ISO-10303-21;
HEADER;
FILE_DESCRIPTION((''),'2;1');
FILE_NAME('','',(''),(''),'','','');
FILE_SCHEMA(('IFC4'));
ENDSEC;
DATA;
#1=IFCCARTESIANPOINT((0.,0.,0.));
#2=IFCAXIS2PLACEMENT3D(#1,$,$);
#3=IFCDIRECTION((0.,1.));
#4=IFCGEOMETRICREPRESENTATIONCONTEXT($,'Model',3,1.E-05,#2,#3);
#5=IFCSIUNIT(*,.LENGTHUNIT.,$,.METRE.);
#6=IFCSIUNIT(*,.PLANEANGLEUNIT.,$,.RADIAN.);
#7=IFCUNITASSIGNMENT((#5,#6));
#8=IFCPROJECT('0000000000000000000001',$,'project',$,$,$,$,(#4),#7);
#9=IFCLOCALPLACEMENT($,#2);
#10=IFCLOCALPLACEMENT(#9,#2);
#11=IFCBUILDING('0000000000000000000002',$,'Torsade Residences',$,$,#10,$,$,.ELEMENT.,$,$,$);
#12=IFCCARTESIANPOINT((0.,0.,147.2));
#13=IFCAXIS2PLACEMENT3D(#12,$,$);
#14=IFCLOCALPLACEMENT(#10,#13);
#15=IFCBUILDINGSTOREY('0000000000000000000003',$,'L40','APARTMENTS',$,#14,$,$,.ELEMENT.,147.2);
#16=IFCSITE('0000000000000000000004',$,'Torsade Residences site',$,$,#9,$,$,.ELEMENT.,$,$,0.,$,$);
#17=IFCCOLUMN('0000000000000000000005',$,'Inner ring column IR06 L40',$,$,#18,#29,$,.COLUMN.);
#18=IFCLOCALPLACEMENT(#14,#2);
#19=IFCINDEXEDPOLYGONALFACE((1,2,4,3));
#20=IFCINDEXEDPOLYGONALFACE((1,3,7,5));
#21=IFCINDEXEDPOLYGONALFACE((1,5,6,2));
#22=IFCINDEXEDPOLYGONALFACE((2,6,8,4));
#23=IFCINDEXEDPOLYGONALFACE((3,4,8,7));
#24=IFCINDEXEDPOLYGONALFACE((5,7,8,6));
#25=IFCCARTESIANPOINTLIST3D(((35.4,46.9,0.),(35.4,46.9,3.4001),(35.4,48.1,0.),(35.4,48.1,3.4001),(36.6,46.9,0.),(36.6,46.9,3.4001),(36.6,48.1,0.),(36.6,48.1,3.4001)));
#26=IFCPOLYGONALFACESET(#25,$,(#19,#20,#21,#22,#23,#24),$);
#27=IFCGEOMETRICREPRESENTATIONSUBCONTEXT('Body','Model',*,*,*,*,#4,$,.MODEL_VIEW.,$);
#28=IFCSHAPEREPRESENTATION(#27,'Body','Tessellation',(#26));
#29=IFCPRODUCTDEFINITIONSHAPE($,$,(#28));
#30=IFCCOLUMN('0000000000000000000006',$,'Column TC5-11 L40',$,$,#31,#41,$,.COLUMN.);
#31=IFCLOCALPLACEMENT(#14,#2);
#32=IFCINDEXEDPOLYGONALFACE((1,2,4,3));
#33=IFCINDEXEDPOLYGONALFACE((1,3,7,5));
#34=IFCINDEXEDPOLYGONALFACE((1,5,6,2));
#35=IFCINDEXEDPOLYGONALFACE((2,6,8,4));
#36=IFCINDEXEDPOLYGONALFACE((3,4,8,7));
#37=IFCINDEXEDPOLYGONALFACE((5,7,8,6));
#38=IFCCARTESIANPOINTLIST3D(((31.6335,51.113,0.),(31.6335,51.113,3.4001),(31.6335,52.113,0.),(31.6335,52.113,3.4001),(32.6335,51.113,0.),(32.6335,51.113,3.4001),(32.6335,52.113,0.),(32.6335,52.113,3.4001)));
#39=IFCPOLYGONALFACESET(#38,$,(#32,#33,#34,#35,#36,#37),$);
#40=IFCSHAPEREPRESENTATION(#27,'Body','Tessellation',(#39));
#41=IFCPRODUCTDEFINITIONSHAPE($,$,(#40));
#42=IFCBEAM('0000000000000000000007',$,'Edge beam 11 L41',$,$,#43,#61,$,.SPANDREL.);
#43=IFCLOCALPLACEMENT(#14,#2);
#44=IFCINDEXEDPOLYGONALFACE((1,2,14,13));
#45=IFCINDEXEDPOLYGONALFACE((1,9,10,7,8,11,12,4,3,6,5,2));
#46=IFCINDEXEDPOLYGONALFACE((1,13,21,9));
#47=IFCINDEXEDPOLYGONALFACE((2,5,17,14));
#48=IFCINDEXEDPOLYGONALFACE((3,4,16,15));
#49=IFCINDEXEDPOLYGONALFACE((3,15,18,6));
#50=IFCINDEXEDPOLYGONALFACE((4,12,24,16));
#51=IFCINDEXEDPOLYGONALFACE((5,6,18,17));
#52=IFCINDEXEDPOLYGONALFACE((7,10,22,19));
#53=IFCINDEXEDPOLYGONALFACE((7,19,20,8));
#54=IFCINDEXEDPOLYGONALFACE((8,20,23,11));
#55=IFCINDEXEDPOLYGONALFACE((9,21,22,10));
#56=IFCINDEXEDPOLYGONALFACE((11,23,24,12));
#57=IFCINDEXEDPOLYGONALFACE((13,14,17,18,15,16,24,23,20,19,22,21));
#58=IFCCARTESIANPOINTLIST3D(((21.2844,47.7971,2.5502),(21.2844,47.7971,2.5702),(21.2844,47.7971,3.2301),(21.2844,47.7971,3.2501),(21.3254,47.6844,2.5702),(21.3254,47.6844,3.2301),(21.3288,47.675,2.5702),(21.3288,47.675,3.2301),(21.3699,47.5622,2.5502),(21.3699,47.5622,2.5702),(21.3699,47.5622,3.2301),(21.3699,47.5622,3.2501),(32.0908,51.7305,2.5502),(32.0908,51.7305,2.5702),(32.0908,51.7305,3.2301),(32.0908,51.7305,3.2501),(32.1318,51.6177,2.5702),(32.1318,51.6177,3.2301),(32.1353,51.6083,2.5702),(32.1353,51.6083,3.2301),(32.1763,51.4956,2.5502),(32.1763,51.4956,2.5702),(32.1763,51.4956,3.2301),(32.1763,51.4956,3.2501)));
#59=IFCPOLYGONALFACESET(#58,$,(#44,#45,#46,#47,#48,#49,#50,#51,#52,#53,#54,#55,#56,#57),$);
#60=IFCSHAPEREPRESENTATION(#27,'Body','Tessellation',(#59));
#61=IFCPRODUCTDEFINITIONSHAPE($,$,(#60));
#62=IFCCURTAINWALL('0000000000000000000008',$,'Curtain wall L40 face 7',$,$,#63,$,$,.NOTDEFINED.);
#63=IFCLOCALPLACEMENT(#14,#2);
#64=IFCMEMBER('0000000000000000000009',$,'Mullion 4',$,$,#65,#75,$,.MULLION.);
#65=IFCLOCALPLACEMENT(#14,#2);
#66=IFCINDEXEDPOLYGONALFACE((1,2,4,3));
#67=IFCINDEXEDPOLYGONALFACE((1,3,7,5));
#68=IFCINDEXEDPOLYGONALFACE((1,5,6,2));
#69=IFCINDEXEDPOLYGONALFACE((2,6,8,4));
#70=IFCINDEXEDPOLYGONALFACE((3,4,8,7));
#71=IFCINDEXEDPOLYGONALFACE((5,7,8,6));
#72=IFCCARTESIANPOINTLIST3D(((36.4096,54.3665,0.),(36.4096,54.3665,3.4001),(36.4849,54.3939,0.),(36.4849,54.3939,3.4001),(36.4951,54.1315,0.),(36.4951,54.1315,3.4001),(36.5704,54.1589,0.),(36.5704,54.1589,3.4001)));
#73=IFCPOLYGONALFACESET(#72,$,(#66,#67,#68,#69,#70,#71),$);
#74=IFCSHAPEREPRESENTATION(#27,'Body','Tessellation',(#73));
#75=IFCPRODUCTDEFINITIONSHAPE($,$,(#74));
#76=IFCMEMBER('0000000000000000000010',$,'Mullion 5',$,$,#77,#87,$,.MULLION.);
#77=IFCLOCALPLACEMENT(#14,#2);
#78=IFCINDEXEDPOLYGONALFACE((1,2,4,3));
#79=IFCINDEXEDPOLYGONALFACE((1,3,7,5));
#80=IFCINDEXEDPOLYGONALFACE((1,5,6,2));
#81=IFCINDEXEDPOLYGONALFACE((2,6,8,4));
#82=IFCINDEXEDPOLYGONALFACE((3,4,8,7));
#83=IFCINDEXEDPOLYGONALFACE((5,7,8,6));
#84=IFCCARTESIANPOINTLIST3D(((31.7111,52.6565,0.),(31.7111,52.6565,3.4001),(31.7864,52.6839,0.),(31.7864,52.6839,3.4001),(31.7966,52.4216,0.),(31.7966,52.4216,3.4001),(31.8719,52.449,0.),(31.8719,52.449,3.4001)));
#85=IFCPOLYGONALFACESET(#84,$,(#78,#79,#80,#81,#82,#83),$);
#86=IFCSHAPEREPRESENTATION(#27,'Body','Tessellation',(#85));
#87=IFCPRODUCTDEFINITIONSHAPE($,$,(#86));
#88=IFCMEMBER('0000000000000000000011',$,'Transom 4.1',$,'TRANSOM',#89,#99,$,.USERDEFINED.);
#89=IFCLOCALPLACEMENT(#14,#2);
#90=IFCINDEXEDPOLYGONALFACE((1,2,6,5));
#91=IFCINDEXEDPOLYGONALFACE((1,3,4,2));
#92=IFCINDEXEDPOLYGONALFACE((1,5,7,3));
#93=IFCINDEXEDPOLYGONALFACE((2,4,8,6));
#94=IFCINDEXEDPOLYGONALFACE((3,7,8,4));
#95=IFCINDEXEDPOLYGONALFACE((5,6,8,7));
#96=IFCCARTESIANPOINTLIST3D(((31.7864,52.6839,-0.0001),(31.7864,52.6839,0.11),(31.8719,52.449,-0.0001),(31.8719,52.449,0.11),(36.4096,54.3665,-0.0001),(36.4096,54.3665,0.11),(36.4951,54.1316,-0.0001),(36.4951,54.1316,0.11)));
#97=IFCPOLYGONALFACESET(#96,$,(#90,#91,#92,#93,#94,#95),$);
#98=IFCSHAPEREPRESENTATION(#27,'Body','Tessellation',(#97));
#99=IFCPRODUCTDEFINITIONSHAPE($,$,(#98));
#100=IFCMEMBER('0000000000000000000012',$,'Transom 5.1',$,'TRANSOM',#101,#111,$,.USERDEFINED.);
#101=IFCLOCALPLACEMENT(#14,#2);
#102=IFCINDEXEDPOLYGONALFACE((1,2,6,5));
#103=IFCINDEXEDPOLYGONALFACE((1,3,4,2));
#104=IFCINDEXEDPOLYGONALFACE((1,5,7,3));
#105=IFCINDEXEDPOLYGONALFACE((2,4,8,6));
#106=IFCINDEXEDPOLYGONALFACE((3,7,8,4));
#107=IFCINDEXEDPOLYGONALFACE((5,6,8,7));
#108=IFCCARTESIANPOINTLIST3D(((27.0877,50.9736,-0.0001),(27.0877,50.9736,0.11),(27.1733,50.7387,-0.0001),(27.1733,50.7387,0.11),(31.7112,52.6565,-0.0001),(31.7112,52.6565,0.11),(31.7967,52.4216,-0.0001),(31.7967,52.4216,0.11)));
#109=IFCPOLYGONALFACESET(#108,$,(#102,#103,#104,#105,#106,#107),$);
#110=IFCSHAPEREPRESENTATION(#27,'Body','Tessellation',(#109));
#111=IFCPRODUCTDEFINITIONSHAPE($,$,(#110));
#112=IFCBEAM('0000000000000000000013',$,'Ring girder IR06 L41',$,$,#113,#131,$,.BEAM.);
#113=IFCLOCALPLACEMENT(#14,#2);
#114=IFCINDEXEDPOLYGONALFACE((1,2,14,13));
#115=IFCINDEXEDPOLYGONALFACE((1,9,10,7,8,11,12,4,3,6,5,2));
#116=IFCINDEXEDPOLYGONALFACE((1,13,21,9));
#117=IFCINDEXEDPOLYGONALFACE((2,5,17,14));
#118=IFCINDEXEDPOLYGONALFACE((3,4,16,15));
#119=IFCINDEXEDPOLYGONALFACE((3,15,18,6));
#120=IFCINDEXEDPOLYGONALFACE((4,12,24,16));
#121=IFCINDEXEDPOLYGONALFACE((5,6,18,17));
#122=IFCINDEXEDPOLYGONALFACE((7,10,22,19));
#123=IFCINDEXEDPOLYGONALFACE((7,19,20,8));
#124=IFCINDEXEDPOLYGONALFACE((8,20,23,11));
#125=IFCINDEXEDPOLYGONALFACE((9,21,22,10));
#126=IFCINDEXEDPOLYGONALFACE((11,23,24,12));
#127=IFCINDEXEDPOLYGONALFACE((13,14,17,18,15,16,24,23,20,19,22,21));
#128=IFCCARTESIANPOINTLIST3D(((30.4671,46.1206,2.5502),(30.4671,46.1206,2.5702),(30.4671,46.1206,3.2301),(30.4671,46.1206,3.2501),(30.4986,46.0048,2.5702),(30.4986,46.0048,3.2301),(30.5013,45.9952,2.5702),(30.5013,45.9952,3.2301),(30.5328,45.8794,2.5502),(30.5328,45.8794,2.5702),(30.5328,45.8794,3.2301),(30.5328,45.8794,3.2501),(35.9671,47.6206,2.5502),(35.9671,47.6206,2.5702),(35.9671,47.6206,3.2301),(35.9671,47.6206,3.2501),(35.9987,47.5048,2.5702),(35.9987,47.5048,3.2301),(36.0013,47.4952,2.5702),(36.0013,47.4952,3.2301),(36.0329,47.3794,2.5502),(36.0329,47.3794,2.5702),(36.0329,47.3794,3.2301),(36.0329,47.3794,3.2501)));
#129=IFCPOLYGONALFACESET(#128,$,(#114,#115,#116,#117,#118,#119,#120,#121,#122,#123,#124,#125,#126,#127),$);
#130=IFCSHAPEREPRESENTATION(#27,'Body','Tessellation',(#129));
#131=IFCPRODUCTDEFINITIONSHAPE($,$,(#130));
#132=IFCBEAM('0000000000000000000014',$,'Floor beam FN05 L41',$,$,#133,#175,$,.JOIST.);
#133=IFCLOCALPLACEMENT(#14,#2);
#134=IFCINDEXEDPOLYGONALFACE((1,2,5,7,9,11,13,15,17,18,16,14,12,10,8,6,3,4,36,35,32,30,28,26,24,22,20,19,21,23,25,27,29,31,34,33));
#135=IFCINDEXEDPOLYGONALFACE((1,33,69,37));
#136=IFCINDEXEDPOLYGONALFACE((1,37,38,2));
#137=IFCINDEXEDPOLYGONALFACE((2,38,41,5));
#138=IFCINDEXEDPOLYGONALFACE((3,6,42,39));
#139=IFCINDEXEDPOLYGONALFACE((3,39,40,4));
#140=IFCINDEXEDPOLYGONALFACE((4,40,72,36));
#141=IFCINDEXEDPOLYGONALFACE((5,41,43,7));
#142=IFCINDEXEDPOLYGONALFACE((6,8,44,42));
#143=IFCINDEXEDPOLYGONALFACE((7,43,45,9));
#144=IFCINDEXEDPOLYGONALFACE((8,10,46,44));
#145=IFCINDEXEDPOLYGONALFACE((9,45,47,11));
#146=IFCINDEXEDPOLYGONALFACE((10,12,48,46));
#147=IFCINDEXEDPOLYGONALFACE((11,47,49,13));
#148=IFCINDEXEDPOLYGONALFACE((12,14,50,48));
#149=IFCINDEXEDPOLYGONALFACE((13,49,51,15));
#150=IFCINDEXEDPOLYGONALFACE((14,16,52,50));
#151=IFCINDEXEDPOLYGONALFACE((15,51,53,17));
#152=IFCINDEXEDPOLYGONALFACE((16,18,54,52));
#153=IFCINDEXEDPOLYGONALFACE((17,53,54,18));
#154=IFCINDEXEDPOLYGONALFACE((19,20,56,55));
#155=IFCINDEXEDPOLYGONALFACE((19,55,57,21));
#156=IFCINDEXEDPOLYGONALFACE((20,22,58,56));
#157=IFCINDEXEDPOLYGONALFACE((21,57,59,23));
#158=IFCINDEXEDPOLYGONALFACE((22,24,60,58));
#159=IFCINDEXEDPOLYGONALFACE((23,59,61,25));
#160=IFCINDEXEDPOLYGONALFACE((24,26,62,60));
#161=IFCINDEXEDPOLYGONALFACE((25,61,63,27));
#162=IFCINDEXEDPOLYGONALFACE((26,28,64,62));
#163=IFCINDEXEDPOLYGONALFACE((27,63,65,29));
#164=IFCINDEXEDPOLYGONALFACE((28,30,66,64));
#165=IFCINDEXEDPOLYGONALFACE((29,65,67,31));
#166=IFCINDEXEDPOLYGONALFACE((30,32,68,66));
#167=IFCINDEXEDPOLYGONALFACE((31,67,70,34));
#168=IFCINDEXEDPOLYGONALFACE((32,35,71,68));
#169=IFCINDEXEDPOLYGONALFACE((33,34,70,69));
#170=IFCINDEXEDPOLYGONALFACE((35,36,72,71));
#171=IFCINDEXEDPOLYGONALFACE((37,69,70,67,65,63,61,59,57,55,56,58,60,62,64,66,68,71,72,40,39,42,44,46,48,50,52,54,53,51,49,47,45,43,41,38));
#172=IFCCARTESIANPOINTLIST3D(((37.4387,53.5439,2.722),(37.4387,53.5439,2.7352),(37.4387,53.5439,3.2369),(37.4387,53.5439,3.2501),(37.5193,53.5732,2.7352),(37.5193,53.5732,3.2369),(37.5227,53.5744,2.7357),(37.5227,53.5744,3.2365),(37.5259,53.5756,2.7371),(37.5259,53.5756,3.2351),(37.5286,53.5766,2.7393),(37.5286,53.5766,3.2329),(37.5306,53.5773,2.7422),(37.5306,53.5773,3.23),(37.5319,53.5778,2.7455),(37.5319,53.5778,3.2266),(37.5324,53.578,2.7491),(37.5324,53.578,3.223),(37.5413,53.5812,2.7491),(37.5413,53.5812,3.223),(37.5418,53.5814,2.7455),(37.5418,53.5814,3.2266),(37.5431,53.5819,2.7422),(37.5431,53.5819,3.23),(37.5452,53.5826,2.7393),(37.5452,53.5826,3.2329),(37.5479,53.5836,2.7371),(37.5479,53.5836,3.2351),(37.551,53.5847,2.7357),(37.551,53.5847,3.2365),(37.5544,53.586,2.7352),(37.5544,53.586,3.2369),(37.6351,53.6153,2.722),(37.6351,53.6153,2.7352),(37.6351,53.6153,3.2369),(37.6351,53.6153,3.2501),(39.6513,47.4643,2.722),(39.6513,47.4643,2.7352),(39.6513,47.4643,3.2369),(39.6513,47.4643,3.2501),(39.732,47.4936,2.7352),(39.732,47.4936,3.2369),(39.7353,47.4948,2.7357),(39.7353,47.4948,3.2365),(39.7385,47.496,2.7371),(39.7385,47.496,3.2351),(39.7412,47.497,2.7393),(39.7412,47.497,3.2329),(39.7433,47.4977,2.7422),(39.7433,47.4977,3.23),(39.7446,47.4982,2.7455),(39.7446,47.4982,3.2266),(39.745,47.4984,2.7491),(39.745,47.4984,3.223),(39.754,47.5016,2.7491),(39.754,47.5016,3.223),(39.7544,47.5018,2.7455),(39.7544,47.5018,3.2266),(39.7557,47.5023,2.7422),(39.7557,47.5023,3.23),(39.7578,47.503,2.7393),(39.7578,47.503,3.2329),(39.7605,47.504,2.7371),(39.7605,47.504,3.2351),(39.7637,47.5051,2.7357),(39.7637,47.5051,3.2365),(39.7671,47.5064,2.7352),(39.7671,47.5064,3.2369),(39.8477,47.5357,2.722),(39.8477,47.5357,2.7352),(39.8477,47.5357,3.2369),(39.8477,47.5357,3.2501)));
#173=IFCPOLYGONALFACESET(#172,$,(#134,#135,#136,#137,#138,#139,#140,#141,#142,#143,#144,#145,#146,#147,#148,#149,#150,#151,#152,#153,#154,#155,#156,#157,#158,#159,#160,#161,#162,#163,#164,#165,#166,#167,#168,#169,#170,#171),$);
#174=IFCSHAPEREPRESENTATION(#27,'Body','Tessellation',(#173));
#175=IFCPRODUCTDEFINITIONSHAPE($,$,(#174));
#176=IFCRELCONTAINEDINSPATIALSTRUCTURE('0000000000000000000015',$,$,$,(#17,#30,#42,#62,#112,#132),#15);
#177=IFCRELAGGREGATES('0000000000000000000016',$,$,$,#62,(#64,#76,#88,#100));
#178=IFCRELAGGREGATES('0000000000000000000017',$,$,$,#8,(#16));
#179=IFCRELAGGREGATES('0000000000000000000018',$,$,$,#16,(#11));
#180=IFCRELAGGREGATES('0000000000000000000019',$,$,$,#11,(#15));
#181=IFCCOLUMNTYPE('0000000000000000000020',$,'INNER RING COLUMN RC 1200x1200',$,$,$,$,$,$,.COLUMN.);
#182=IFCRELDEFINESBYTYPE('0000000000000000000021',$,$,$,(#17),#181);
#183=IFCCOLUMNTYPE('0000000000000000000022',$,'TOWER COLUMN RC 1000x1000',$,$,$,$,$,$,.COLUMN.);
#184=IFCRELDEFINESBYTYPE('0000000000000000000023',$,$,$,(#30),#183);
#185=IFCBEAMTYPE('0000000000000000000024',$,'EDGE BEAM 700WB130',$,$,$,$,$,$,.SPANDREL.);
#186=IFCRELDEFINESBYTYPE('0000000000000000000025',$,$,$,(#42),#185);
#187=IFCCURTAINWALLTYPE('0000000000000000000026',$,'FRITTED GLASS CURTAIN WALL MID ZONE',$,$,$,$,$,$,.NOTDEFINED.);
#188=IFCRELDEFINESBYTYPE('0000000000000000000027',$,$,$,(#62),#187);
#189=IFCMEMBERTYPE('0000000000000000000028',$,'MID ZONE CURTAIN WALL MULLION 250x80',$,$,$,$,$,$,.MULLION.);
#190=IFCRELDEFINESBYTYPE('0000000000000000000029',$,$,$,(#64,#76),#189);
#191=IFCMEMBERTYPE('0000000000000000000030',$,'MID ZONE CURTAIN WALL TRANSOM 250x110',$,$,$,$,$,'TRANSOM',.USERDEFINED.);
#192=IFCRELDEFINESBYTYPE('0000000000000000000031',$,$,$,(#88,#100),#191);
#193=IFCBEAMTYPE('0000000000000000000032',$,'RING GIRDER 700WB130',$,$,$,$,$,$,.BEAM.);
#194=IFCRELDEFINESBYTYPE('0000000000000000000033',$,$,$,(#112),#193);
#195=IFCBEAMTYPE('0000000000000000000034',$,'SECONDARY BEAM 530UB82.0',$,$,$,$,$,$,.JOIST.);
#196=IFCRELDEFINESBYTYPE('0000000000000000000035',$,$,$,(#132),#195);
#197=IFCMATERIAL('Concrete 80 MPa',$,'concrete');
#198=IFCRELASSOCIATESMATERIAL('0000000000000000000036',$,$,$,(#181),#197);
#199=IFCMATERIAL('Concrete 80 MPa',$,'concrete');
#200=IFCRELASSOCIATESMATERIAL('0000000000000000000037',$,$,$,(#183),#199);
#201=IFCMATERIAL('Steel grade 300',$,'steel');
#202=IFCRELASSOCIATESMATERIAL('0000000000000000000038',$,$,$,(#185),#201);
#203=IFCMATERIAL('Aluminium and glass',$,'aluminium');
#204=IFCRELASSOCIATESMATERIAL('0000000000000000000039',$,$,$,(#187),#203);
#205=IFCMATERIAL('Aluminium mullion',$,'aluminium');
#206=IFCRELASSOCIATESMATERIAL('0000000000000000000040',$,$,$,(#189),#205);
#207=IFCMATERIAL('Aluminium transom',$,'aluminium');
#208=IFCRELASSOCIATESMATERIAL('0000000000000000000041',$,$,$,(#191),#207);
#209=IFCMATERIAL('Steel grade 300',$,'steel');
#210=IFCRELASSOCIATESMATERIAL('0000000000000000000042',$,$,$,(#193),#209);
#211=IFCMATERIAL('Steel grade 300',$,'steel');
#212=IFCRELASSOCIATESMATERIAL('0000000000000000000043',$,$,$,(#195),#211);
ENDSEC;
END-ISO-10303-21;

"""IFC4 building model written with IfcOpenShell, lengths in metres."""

from ifc_helpers import new_model, si_unit, direction, frame, origin, origin_2d, place, context, subcontext, project, spatial, rectangle, i_section, extrude, material, material_profile, profile_set, type_object, element, aggregate, save


model = new_model("IFC4")

# Units and contexts
model_context = context("Model", 3, precision=1e-05, world=origin(), true_north=direction((0.0, 1.0)))
body_context = subcontext(model_context, "Body", "Model", "MODEL_VIEW")
ifc_project = project(units=[si_unit("LENGTHUNIT", "METRE"), si_unit("PLANEANGLEUNIT", "RADIAN")], contexts=[model_context])

# Site, building, storey
site_placement = place(None, origin())
site = spatial("IfcSite", under=ifc_project, at=site_placement, Name="Torsade Residences site", CompositionType="ELEMENT", RefElevation=0.0)
building_placement = place(site_placement, origin())
building = spatial("IfcBuilding", under=site, at=building_placement, Name="Torsade Residences", CompositionType="ELEMENT")
storey_placement = place(building_placement, frame((0.0, 0.0, 147.2)))
storey = spatial("IfcBuildingStorey", under=building, at=storey_placement, Name="L40", Description="APARTMENTS", CompositionType="ELEMENT", Elevation=147.2)

# Columns
ifc_material_1 = material(Name="Concrete 80 MPa", Category="concrete")
ifc_material_profile_1 = material_profile(ifc_material_1, rectangle(XDim=1.2, YDim=1.2, at=origin_2d()), Name="RC 1200x1200")
ifc_profile_set_1 = profile_set([ifc_material_profile_1], Name="Concrete 80 MPa")
column_type_1 = type_object("IfcColumnType", Name="INNER RING COLUMN RC 1200x1200", PredefinedType="COLUMN", material=ifc_profile_set_1)
column_1_placement = place(storey_placement, frame((36.0, 47.5, 0.0), z_axis=(0.0, 0.0, 1.0), x_axis=(1.0, 0.0, 0.0)))
element("IfcColumn", 1, at=column_1_placement, inside=storey, type_object=column_type_1, Name="Inner ring column IR06 L40", PredefinedType="COLUMN", context=body_context, shape_type="SweptSolid", body=[
    extrude(rectangle(XDim=1.2, YDim=1.2, at=origin_2d()), origin(), (0.0, 0.0, 1.0), 3.4001),
])
ifc_material_2 = material(Name="Concrete 80 MPa", Category="concrete")
ifc_material_profile_2 = material_profile(ifc_material_2, rectangle(XDim=1.0, YDim=1.0, at=origin_2d()), Name="RC 1000x1000")
ifc_profile_set_2 = profile_set([ifc_material_profile_2], Name="Concrete 80 MPa")
column_type_2 = type_object("IfcColumnType", Name="TOWER COLUMN RC 1000x1000", PredefinedType="COLUMN", material=ifc_profile_set_2)
column_2_placement = place(storey_placement, frame((32.1335, 51.613, 0.0), z_axis=(0.0, 0.0, 1.0), x_axis=(1.0, 0.0, 0.0)))
element("IfcColumn", 2, at=column_2_placement, inside=storey, type_object=column_type_2, Name="Column TC5-11 L40", PredefinedType="COLUMN", context=body_context, shape_type="SweptSolid", body=[
    extrude(rectangle(XDim=1.0, YDim=1.0, at=origin_2d()), origin(), (0.0, 0.0, 1.0), 3.4001),
])

# Beam
ifc_material_3 = material(Name="Steel grade 300", Category="steel")
ifc_material_profile_3 = material_profile(ifc_material_3, i_section(OverallWidth=0.25, OverallDepth=0.7, WebThickness=0.01, FlangeThickness=0.02, at=origin_2d()), Name="700WB130")
ifc_profile_set_3 = profile_set([ifc_material_profile_3], Name="Steel grade 300")
beam_type_1 = type_object("IfcBeamType", Name="EDGE BEAM 700WB130", PredefinedType="SPANDREL", material=ifc_profile_set_3)
beam_1_placement = place(storey_placement, frame((32.1335, 51.613, 2.9001), z_axis=(-0.939689, -0.342031, 0.0), x_axis=(0.342031, -0.939689, 0.0)))
element("IfcBeam", 3, at=beam_1_placement, inside=storey, type_object=beam_type_1, Name="Edge beam 11 L41", PredefinedType="SPANDREL", context=body_context, shape_type="SweptSolid", body=[
    extrude(i_section(OverallWidth=0.25, OverallDepth=0.7, WebThickness=0.01, FlangeThickness=0.02, at=origin_2d()), origin(), (0.0, 0.0, 1.0), 11.5),
])

# Curtain wall, members
ifc_material_4 = material(Name="Aluminium and glass", Category="aluminium")
curtain_wall_type = type_object("IfcCurtainWallType", Name="FRITTED GLASS CURTAIN WALL MID ZONE", PredefinedType="NOTDEFINED", material=ifc_material_4)
curtain_wall_placement = place(storey_placement, origin())
curtain_wall = element("IfcCurtainWall", 4, at=curtain_wall_placement, inside=storey, type_object=curtain_wall_type, Name="Curtain wall L40 face 7", PredefinedType="NOTDEFINED")
ifc_material_5 = material(Name="Aluminium mullion", Category="aluminium")
ifc_material_profile_4 = material_profile(ifc_material_5, rectangle(XDim=0.25, YDim=0.0801, at=origin_2d()), Name="MID ZONE CURTAIN WALL MULLION 250x80")
ifc_profile_set_4 = profile_set([ifc_material_profile_4], Name="Aluminium mullion")
member_type_1 = type_object("IfcMemberType", Name="MID ZONE CURTAIN WALL MULLION 250x80", PredefinedType="MULLION", material=ifc_profile_set_4)
member_1_placement = place(storey_placement, frame((36.49, 54.2627, 0.0), z_axis=(0.0, 0.0, 1.0), x_axis=(0.34202, -0.939693, 0.0)))
member_1 = element("IfcMember", 5, at=member_1_placement, type_object=member_type_1, Name="Mullion 4", PredefinedType="MULLION", context=body_context, shape_type="SweptSolid", body=[
    extrude(rectangle(XDim=0.25, YDim=0.0801, at=origin_2d()), origin(), (0.0, 0.0, 1.0), 3.4001),
])
member_2_placement = place(storey_placement, frame((31.7915, 52.5527, 0.0), z_axis=(0.0, 0.0, 1.0), x_axis=(0.34202, -0.939693, 0.0)))
member_2 = element("IfcMember", 6, at=member_2_placement, type_object=member_type_1, Name="Mullion 5", PredefinedType="MULLION", context=body_context, shape_type="SweptSolid", body=[
    extrude(rectangle(XDim=0.25, YDim=0.0801, at=origin_2d()), origin(), (0.0, 0.0, 1.0), 3.4001),
])
ifc_material_6 = material(Name="Aluminium transom", Category="aluminium")
ifc_material_profile_5 = material_profile(ifc_material_6, rectangle(XDim=0.25, YDim=0.1101, at=origin_2d()), Name="MID ZONE CURTAIN WALL TRANSOM 250x110")
ifc_profile_set_5 = profile_set([ifc_material_profile_5], Name="Aluminium transom")
member_type_2 = type_object("IfcMemberType", Name="MID ZONE CURTAIN WALL TRANSOM 250x110", ElementType="TRANSOM", PredefinedType="USERDEFINED", material=ifc_profile_set_5)
member_3_placement = place(storey_placement, frame((36.4524, 54.249, 0.0549), z_axis=(-0.939701, -0.341998, 0.0), x_axis=(0.341998, -0.939701, 0.0)))
member_3 = element("IfcMember", 7, at=member_3_placement, type_object=member_type_2, Name="Transom 4.1", ObjectType="TRANSOM", PredefinedType="USERDEFINED", context=body_context, shape_type="SweptSolid", body=[
    extrude(rectangle(XDim=0.25, YDim=0.1101, at=origin_2d()), origin(), (0.0, 0.0, 1.0), 4.9199),
])
member_4_placement = place(storey_placement, frame((31.7539, 52.5391, 0.0549), z_axis=(-0.939685, -0.342042, 0.0), x_axis=(0.342042, -0.939685, 0.0)))
member_4 = element("IfcMember", 8, at=member_4_placement, type_object=member_type_2, Name="Transom 5.1", ObjectType="TRANSOM", PredefinedType="USERDEFINED", context=body_context, shape_type="SweptSolid", body=[
    extrude(rectangle(XDim=0.25, YDim=0.1101, at=origin_2d()), origin(), (0.0, 0.0, 1.0), 4.9202),
])

# Beams
ifc_material_7 = material(Name="Steel grade 300", Category="steel")
ifc_material_profile_6 = material_profile(ifc_material_7, i_section(OverallWidth=0.25, OverallDepth=0.7, WebThickness=0.01, FlangeThickness=0.02, at=origin_2d()), Name="700WB130")
ifc_profile_set_6 = profile_set([ifc_material_profile_6], Name="Steel grade 300")
beam_type_2 = type_object("IfcBeamType", Name="RING GIRDER 700WB130", PredefinedType="BEAM", material=ifc_profile_set_6)
beam_2_placement = place(storey_placement, frame((36.0, 47.5, 2.9001), z_axis=(-0.964764, -0.263117, 0.0), x_axis=(0.263117, -0.964764, 0.0)))
element("IfcBeam", 9, at=beam_2_placement, inside=storey, type_object=beam_type_2, Name="Ring girder IR06 L41", PredefinedType="BEAM", context=body_context, shape_type="SweptSolid", body=[
    extrude(i_section(OverallWidth=0.25, OverallDepth=0.7, WebThickness=0.01, FlangeThickness=0.02, at=origin_2d()), origin(), (0.0, 0.0, 1.0), 5.7009),
])
ifc_material_8 = material(Name="Steel grade 300", Category="steel")
ifc_material_profile_7 = material_profile(ifc_material_8, i_section(OverallWidth=0.209, OverallDepth=0.5281, WebThickness=0.0095, FlangeThickness=0.0132, FilletRadius=0.0139, at=origin_2d()), Name="530UB82.0")
ifc_profile_set_7 = profile_set([ifc_material_profile_7], Name="Steel grade 300")
beam_type_3 = type_object("IfcBeamType", Name="SECONDARY BEAM 530UB82.0", PredefinedType="JOIST", material=ifc_profile_set_7)
beam_3_placement = place(storey_placement, frame((37.5369, 53.5796, 2.9861), z_axis=(0.342001, -0.9397, 0.0), x_axis=(0.9397, 0.342001, 0.0)))
element("IfcBeam", 10, at=beam_3_placement, inside=storey, type_object=beam_type_3, Name="Floor beam FN05 L41", PredefinedType="JOIST", context=body_context, shape_type="SweptSolid", body=[
    extrude(i_section(OverallWidth=0.209, OverallDepth=0.5281, WebThickness=0.0095, FlangeThickness=0.0132, FilletRadius=0.0139, at=origin_2d()), origin(), (0.0, 0.0, 1.0), 6.4697),
])

aggregate(curtain_wall, [member_1, member_2, member_3, member_4])

save(model, "model.ifc")
